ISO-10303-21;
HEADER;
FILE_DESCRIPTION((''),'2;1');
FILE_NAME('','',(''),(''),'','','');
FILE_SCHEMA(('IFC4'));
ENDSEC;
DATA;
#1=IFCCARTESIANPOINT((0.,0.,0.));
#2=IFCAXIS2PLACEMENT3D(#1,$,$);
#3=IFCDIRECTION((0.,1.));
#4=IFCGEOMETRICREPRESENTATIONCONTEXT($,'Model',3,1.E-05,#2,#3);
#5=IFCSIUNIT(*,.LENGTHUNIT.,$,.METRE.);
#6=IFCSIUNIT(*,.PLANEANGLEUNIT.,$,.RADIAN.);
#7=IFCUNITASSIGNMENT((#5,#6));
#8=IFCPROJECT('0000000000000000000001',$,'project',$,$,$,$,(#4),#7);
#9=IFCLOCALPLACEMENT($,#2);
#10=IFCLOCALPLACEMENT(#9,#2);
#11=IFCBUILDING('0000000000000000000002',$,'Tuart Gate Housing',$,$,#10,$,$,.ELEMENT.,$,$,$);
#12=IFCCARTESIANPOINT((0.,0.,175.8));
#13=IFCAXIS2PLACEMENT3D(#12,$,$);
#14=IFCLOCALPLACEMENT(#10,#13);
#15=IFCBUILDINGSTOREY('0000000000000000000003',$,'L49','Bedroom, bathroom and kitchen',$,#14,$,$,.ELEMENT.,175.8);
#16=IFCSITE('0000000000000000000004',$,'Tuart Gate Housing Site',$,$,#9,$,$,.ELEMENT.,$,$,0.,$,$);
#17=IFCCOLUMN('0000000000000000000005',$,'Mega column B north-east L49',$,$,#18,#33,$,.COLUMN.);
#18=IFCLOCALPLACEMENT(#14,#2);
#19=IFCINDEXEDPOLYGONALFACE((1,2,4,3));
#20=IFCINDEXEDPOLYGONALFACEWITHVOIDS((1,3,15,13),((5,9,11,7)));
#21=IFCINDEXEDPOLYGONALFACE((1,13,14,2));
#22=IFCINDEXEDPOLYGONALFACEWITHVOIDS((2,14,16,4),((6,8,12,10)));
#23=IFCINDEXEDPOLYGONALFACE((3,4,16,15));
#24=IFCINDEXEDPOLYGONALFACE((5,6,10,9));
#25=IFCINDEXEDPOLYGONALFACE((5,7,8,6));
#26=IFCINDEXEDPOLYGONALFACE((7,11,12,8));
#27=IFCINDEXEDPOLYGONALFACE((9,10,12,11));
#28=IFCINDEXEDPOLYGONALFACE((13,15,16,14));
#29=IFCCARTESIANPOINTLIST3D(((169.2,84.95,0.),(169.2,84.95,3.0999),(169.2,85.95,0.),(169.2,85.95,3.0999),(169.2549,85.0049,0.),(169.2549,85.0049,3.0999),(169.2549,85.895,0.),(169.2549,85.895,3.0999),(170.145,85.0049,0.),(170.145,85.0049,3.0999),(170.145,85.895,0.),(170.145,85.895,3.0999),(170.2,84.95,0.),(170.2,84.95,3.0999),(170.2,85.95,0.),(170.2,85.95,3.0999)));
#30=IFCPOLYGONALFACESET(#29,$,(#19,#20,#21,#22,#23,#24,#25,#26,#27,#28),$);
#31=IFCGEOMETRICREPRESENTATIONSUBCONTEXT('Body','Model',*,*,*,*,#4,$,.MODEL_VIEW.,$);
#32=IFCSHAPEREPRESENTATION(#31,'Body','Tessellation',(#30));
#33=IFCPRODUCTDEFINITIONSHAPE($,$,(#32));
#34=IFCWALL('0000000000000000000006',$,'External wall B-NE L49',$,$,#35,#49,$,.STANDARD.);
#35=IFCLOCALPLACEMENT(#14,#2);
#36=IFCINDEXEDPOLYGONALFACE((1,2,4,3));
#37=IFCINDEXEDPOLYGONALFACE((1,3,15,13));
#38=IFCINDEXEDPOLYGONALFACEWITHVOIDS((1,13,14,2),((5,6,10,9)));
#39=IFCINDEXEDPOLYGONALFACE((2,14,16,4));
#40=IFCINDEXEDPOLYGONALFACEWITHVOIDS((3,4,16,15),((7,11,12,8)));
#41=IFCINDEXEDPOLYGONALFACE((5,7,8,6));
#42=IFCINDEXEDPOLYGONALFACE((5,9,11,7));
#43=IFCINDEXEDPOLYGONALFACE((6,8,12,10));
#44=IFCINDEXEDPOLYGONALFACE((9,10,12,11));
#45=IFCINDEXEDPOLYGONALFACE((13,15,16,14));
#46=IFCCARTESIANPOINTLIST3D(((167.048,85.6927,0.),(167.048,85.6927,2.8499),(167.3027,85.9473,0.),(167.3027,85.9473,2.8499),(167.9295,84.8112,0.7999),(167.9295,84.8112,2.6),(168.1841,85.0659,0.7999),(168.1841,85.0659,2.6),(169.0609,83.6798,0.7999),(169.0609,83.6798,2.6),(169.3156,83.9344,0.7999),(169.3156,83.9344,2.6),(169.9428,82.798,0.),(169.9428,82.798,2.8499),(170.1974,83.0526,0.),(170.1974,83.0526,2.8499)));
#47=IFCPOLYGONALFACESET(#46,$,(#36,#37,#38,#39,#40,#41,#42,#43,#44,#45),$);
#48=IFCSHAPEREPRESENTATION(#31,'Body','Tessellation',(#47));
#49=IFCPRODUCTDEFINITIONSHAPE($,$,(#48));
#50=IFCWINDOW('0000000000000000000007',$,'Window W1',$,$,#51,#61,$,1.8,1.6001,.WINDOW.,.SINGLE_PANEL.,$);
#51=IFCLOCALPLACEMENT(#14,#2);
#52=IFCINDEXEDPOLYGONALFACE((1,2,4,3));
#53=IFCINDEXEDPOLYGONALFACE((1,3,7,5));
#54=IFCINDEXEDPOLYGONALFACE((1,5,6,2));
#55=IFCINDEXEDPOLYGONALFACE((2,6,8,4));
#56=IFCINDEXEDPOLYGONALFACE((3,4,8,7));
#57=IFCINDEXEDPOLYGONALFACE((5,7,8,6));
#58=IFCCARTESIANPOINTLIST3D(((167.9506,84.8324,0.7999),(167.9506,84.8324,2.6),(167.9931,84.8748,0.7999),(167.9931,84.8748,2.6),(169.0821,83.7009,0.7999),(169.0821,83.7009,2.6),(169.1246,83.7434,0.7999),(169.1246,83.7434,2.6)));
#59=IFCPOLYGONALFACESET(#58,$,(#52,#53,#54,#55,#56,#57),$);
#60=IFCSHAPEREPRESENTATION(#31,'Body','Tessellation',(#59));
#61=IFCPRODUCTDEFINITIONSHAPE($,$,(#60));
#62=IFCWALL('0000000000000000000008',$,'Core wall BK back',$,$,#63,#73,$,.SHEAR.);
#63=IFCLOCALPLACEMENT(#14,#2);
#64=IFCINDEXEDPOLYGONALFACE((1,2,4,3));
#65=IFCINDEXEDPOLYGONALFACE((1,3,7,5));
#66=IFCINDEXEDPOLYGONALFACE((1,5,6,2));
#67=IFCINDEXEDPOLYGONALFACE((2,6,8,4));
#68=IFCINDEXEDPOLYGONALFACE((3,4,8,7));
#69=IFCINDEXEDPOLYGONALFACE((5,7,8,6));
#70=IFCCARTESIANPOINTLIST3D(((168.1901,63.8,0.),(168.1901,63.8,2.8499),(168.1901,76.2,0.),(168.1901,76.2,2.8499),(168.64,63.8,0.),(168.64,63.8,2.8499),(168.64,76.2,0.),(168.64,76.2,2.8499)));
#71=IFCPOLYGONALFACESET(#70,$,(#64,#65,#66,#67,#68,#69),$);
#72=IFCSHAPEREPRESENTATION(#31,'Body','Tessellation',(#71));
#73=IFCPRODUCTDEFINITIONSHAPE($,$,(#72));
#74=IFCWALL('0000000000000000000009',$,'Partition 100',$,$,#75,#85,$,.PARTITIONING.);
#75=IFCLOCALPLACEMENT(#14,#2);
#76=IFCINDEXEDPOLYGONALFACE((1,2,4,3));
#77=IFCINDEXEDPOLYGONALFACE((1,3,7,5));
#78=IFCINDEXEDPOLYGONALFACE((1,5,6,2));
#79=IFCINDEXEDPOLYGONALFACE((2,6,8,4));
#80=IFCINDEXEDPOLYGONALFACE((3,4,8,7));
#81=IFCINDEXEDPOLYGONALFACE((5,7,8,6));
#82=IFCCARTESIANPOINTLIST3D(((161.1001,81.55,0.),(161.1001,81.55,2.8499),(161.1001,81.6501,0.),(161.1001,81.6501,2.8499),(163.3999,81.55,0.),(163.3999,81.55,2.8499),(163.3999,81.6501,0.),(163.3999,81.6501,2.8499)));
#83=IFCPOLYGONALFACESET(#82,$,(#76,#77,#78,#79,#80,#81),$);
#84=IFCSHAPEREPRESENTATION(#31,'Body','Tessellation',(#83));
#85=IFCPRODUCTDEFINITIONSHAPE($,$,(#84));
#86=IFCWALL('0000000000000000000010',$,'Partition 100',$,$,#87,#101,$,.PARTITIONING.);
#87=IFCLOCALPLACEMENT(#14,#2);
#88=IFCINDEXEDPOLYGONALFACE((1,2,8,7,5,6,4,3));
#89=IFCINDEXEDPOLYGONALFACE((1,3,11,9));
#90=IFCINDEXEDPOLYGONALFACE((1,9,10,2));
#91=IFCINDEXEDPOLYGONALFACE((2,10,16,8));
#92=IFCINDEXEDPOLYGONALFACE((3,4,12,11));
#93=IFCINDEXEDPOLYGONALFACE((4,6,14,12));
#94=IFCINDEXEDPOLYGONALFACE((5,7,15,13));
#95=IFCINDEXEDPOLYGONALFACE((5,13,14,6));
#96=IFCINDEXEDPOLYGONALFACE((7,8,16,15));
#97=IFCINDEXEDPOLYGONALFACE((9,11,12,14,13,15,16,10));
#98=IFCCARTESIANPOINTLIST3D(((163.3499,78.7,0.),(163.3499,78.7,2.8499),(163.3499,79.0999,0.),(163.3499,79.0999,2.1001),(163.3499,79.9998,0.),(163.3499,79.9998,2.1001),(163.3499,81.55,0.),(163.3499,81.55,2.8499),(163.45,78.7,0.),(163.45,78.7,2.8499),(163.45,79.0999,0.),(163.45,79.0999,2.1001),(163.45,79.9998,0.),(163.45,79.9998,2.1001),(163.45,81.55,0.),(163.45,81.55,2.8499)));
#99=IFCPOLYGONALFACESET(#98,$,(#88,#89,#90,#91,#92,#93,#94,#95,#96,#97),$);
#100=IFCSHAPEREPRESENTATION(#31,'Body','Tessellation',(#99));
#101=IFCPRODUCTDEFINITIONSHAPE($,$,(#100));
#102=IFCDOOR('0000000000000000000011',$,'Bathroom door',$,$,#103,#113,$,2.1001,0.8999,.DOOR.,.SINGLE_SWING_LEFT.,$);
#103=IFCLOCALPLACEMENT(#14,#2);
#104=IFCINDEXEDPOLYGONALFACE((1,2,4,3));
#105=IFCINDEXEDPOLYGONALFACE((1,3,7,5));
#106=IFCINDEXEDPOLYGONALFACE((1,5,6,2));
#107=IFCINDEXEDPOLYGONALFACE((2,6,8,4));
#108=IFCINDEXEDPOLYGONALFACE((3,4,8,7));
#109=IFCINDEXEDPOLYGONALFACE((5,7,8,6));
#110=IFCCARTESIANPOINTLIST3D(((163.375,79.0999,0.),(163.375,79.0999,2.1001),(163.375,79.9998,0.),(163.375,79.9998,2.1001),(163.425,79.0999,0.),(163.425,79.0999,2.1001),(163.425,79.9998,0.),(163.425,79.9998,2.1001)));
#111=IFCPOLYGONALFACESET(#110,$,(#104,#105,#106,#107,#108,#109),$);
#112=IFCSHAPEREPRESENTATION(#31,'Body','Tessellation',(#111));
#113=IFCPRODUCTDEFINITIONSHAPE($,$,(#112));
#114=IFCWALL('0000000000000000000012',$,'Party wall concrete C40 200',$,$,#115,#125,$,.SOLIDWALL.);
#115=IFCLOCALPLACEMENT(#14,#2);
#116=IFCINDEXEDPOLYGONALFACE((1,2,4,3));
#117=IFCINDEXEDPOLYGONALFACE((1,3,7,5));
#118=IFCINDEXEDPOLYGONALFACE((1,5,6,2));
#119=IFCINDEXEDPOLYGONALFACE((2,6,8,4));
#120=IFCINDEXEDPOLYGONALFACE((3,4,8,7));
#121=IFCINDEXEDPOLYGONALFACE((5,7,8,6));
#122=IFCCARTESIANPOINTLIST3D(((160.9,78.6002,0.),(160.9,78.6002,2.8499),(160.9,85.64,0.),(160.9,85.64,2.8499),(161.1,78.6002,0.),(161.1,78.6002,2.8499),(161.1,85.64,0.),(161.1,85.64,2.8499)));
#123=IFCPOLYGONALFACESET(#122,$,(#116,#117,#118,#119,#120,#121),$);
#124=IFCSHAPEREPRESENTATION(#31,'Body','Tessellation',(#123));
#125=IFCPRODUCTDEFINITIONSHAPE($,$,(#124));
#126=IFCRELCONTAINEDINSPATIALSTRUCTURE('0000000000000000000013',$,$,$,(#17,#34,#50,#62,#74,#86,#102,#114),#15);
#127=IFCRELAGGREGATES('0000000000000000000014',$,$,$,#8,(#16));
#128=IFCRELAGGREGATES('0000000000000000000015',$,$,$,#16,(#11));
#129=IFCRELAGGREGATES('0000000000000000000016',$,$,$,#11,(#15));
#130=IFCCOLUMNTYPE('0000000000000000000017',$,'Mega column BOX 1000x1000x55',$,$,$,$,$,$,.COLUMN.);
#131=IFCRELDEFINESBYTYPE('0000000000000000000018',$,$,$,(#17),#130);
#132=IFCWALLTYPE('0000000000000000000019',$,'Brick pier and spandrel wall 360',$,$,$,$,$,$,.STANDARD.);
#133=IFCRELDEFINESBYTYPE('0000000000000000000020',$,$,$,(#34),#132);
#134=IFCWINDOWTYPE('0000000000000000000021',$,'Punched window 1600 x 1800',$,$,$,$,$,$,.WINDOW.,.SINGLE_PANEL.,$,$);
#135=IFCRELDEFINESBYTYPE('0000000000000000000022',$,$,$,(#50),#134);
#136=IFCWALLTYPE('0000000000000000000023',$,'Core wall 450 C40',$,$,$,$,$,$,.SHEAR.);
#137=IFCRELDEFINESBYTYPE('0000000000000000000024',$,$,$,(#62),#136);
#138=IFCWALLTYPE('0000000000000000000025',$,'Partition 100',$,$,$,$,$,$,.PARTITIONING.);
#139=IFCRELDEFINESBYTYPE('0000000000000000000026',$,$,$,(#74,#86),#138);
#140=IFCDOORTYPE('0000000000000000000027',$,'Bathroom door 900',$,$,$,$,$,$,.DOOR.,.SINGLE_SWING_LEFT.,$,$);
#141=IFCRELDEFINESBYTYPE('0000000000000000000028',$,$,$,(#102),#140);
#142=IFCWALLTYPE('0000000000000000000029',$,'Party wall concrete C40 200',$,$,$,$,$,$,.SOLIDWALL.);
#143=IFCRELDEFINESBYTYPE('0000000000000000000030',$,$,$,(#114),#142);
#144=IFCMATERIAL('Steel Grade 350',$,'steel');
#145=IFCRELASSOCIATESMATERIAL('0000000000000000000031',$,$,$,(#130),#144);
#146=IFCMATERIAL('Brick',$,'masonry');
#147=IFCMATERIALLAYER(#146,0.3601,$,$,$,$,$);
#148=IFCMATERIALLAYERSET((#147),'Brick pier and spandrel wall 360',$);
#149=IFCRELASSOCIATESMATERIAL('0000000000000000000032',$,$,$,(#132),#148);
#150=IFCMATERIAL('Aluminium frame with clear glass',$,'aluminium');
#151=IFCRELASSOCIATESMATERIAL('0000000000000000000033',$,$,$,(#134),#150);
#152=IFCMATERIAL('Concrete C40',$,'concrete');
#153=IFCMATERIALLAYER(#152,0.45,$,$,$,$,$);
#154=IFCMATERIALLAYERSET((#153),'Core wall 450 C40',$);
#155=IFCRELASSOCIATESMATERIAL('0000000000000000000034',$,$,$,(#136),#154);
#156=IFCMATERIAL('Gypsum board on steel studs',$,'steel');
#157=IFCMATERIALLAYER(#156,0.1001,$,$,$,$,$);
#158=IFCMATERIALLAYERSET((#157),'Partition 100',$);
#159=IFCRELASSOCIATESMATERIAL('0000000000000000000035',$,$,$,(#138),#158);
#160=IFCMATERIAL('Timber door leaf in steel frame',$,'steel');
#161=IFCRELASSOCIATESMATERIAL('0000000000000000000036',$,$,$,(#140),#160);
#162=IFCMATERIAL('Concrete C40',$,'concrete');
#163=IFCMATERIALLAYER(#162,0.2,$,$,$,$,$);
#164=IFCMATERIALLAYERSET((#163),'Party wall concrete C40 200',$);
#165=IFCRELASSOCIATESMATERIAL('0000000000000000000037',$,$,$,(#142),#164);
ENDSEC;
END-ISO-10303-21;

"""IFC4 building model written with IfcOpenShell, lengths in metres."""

from ifc_helpers import new_model, si_unit, direction, frame, frame_2d, origin, origin_2d, place, context, subcontext, project, spatial, rectangle, hollow_rectangle, extrude, material, layer, layer_set, material_profile, profile_set, type_object, element, fill, save


model = new_model("IFC4")

# Units and contexts
model_context = context("Model", 3, precision=1e-05, world=origin(), true_north=direction((0.0, 1.0)))
body_context = subcontext(model_context, "Body", "Model", "MODEL_VIEW")
ifc_project = project(units=[si_unit("LENGTHUNIT", "METRE"), si_unit("PLANEANGLEUNIT", "RADIAN")], contexts=[model_context])

# Site, building, storey
site_placement = place(None, origin())
site = spatial("IfcSite", under=ifc_project, at=site_placement, Name="Tuart Gate Housing Site", CompositionType="ELEMENT", RefElevation=0.0)
building_placement = place(site_placement, origin())
building = spatial("IfcBuilding", under=site, at=building_placement, Name="Tuart Gate Housing", CompositionType="ELEMENT")
storey_placement = place(building_placement, frame((0.0, 0.0, 175.8)))
storey = spatial("IfcBuildingStorey", under=building, at=storey_placement, Name="L49", Description="Bedroom, bathroom and kitchen", CompositionType="ELEMENT", Elevation=175.8)

# Column
ifc_material_1 = material(Name="Steel Grade 350", Category="steel")
ifc_material_profile = material_profile(ifc_material_1, hollow_rectangle(XDim=1.0, YDim=1.0, WallThickness=0.0549, at=origin_2d()), Name="BOX 1000x1000x55")
ifc_profile_set = profile_set([ifc_material_profile], Name="Steel Grade 350")
column_type = type_object("IfcColumnType", Name="Mega column BOX 1000x1000x55", PredefinedType="COLUMN", material=ifc_profile_set)
column_placement = place(storey_placement, frame((169.7, 85.45, 0.0), z_axis=(0.0, 0.0, 1.0), x_axis=(1.0, 0.0, 0.0)))
element("IfcColumn", 1, at=column_placement, inside=storey, type_object=column_type, Name="Mega column B north-east L49", PredefinedType="COLUMN", context=body_context, shape_type="SweptSolid", body=[
    extrude(hollow_rectangle(XDim=1.0, YDim=1.0, WallThickness=0.0549, at=origin_2d()), origin(), (0.0, 0.0, 1.0), 3.0999),
])

# Wall, opening, window
ifc_material_2 = material(Name="Brick", Category="masonry")
ifc_layer_1 = layer(ifc_material_2, 0.3601)
ifc_layer_set_1 = layer_set([ifc_layer_1], Name="Brick pier and spandrel wall 360")
wall_type_1 = type_object("IfcWallType", Name="Brick pier and spandrel wall 360", PredefinedType="STANDARD", material=ifc_layer_set_1)
wall_1_placement = place(storey_placement, frame((170.0701, 82.9253, 0.0), z_axis=(0.0, 0.0, 1.0), x_axis=(-0.707107, 0.707107, 0.0)))
wall_1 = element("IfcWall", 2, at=wall_1_placement, inside=storey, type_object=wall_type_1, Name="External wall B-NE L49", PredefinedType="STANDARD", context=body_context, shape_type="SweptSolid", body=[
    extrude(rectangle(XDim=4.0938, YDim=0.3601, at=frame_2d((2.0469, 0.0))), origin(), (0.0, 0.0, 1.0), 2.8499),
])
opening_1_placement = place(wall_1_placement, frame((1.2471, 0.0, 0.8)))
opening_1 = element("IfcOpeningElement", 3, at=opening_1_placement, cuts=wall_1, PredefinedType="OPENING", context=body_context, shape_type="SweptSolid", body=[
    extrude(rectangle(XDim=1.6001, YDim=1.8, at=frame_2d((0.8, 0.8999))), frame((0.0, 0.1899, 0.0), z_axis=(0.0, -1.0, 0.0), x_axis=(1.0, 0.0, 0.0)), (0.0, 0.0, 1.0), 0.3801),
])
ifc_material_3 = material(Name="Aluminium frame with clear glass", Category="aluminium")
window_type_1 = type_object("IfcWindowType", Name="Punched window 1600 x 1800", PartitioningType="SINGLE_PANEL", PredefinedType="WINDOW", material=ifc_material_3)
window_1_placement = place(opening_1_placement, origin())
window_1 = element("IfcWindow", 4, at=window_1_placement, inside=storey, type_object=window_type_1, Name="Window W1", OverallHeight=1.8, OverallWidth=1.6001, PartitioningType="SINGLE_PANEL", PredefinedType="WINDOW", context=body_context, shape_type="SweptSolid", body=[
    extrude(rectangle(XDim=1.6001, YDim=1.8, at=frame_2d((0.8, 0.8999))), frame((0.0, 0.1501, 0.0), z_axis=(0.0, -1.0, 0.0), x_axis=(1.0, 0.0, 0.0)), (0.0, 0.0, 1.0), 0.0601),
])
fill(opening_1, window_1)

# Walls
ifc_material_4 = material(Name="Concrete C40", Category="concrete")
ifc_layer_2 = layer(ifc_material_4, 0.45)
ifc_layer_set_2 = layer_set([ifc_layer_2], Name="Core wall 450 C40")
wall_type_2 = type_object("IfcWallType", Name="Core wall 450 C40", PredefinedType="SHEAR", material=ifc_layer_set_2)
wall_2_placement = place(storey_placement, frame((168.415, 76.2, 0.0), z_axis=(0.0, 0.0, 1.0), x_axis=(0.0, -1.0, 0.0)))
element("IfcWall", 5, at=wall_2_placement, inside=storey, type_object=wall_type_2, Name="Core wall BK back", PredefinedType="SHEAR", context=body_context, shape_type="SweptSolid", body=[
    extrude(rectangle(XDim=12.3999, YDim=0.45, at=frame_2d((6.2, 0.0))), origin(), (0.0, 0.0, 1.0), 2.8499),
])
ifc_material_5 = material(Name="Gypsum board on steel studs", Category="steel")
ifc_layer_3 = layer(ifc_material_5, 0.1001)
ifc_layer_set_3 = layer_set([ifc_layer_3], Name="Partition 100")
wall_type_3 = type_object("IfcWallType", Name="Partition 100", PredefinedType="PARTITIONING", material=ifc_layer_set_3)
wall_3_placement = place(storey_placement, frame((161.1001, 81.6001, 0.0), z_axis=(0.0, 0.0, 1.0), x_axis=(1.0, 0.0, 0.0)))
element("IfcWall", 6, at=wall_3_placement, inside=storey, type_object=wall_type_3, Name="Partition 100", PredefinedType="PARTITIONING", context=body_context, shape_type="SweptSolid", body=[
    extrude(rectangle(XDim=2.2998, YDim=0.1001, at=frame_2d((1.1499, 0.0))), origin(), (0.0, 0.0, 1.0), 2.8499),
])

# Wall, opening, door
wall_4_placement = place(storey_placement, frame((163.3999, 78.7, 0.0), z_axis=(0.0, 0.0, 1.0), x_axis=(0.0, 1.0, 0.0)))
wall_4 = element("IfcWall", 7, at=wall_4_placement, inside=storey, type_object=wall_type_3, Name="Partition 100", PredefinedType="PARTITIONING", context=body_context, shape_type="SweptSolid", body=[
    extrude(rectangle(XDim=2.8501, YDim=0.1001, at=frame_2d((1.425, 0.0))), origin(), (0.0, 0.0, 1.0), 2.8499),
])
opening_2_placement = place(wall_4_placement, frame((0.3999, 0.0, 0.0)))
opening_2 = element("IfcOpeningElement", 8, at=opening_2_placement, cuts=wall_4, PredefinedType="OPENING", context=body_context, shape_type="SweptSolid", body=[
    extrude(rectangle(XDim=0.8999, YDim=2.1001, at=frame_2d((0.45, 1.05))), frame((0.0, 0.0601, 0.0), z_axis=(0.0, -1.0, 0.0), x_axis=(1.0, 0.0, 0.0)), (0.0, 0.0, 1.0), 0.1201),
])
ifc_material_6 = material(Name="Timber door leaf in steel frame", Category="steel")
door_type = type_object("IfcDoorType", Name="Bathroom door 900", OperationType="SINGLE_SWING_LEFT", PredefinedType="DOOR", material=ifc_material_6)
door_placement = place(opening_2_placement, origin())
door = element("IfcDoor", 9, at=door_placement, inside=storey, type_object=door_type, Name="Bathroom door", OperationType="SINGLE_SWING_LEFT", OverallHeight=2.1001, OverallWidth=0.8999, PredefinedType="DOOR", context=body_context, shape_type="SweptSolid", body=[
    extrude(rectangle(XDim=0.8999, YDim=2.1001, at=frame_2d((0.45, 1.05))), frame((0.0, 0.0249, 0.0), z_axis=(0.0, -1.0, 0.0), x_axis=(1.0, 0.0, 0.0)), (0.0, 0.0, 1.0), 0.05),
])
fill(opening_2, door)

# Wall
ifc_material_7 = material(Name="Concrete C40", Category="concrete")
ifc_layer_4 = layer(ifc_material_7, 0.2)
ifc_layer_set_4 = layer_set([ifc_layer_4], Name="Party wall concrete C40 200")
wall_type_4 = type_object("IfcWallType", Name="Party wall concrete C40 200", PredefinedType="SOLIDWALL", material=ifc_layer_set_4)
wall_5_placement = place(storey_placement, frame((161.0, 78.6001, 0.0), z_axis=(0.0, 0.0, 1.0), x_axis=(0.0, 1.0, 0.0)))
element("IfcWall", 10, at=wall_5_placement, inside=storey, type_object=wall_type_4, Name="Party wall concrete C40 200", PredefinedType="SOLIDWALL", context=body_context, shape_type="SweptSolid", body=[
    extrude(rectangle(XDim=7.0398, YDim=0.2, at=frame_2d((3.52, 0.0))), origin(), (0.0, 0.0, 1.0), 2.8499),
])

save(model, "model.ifc")
